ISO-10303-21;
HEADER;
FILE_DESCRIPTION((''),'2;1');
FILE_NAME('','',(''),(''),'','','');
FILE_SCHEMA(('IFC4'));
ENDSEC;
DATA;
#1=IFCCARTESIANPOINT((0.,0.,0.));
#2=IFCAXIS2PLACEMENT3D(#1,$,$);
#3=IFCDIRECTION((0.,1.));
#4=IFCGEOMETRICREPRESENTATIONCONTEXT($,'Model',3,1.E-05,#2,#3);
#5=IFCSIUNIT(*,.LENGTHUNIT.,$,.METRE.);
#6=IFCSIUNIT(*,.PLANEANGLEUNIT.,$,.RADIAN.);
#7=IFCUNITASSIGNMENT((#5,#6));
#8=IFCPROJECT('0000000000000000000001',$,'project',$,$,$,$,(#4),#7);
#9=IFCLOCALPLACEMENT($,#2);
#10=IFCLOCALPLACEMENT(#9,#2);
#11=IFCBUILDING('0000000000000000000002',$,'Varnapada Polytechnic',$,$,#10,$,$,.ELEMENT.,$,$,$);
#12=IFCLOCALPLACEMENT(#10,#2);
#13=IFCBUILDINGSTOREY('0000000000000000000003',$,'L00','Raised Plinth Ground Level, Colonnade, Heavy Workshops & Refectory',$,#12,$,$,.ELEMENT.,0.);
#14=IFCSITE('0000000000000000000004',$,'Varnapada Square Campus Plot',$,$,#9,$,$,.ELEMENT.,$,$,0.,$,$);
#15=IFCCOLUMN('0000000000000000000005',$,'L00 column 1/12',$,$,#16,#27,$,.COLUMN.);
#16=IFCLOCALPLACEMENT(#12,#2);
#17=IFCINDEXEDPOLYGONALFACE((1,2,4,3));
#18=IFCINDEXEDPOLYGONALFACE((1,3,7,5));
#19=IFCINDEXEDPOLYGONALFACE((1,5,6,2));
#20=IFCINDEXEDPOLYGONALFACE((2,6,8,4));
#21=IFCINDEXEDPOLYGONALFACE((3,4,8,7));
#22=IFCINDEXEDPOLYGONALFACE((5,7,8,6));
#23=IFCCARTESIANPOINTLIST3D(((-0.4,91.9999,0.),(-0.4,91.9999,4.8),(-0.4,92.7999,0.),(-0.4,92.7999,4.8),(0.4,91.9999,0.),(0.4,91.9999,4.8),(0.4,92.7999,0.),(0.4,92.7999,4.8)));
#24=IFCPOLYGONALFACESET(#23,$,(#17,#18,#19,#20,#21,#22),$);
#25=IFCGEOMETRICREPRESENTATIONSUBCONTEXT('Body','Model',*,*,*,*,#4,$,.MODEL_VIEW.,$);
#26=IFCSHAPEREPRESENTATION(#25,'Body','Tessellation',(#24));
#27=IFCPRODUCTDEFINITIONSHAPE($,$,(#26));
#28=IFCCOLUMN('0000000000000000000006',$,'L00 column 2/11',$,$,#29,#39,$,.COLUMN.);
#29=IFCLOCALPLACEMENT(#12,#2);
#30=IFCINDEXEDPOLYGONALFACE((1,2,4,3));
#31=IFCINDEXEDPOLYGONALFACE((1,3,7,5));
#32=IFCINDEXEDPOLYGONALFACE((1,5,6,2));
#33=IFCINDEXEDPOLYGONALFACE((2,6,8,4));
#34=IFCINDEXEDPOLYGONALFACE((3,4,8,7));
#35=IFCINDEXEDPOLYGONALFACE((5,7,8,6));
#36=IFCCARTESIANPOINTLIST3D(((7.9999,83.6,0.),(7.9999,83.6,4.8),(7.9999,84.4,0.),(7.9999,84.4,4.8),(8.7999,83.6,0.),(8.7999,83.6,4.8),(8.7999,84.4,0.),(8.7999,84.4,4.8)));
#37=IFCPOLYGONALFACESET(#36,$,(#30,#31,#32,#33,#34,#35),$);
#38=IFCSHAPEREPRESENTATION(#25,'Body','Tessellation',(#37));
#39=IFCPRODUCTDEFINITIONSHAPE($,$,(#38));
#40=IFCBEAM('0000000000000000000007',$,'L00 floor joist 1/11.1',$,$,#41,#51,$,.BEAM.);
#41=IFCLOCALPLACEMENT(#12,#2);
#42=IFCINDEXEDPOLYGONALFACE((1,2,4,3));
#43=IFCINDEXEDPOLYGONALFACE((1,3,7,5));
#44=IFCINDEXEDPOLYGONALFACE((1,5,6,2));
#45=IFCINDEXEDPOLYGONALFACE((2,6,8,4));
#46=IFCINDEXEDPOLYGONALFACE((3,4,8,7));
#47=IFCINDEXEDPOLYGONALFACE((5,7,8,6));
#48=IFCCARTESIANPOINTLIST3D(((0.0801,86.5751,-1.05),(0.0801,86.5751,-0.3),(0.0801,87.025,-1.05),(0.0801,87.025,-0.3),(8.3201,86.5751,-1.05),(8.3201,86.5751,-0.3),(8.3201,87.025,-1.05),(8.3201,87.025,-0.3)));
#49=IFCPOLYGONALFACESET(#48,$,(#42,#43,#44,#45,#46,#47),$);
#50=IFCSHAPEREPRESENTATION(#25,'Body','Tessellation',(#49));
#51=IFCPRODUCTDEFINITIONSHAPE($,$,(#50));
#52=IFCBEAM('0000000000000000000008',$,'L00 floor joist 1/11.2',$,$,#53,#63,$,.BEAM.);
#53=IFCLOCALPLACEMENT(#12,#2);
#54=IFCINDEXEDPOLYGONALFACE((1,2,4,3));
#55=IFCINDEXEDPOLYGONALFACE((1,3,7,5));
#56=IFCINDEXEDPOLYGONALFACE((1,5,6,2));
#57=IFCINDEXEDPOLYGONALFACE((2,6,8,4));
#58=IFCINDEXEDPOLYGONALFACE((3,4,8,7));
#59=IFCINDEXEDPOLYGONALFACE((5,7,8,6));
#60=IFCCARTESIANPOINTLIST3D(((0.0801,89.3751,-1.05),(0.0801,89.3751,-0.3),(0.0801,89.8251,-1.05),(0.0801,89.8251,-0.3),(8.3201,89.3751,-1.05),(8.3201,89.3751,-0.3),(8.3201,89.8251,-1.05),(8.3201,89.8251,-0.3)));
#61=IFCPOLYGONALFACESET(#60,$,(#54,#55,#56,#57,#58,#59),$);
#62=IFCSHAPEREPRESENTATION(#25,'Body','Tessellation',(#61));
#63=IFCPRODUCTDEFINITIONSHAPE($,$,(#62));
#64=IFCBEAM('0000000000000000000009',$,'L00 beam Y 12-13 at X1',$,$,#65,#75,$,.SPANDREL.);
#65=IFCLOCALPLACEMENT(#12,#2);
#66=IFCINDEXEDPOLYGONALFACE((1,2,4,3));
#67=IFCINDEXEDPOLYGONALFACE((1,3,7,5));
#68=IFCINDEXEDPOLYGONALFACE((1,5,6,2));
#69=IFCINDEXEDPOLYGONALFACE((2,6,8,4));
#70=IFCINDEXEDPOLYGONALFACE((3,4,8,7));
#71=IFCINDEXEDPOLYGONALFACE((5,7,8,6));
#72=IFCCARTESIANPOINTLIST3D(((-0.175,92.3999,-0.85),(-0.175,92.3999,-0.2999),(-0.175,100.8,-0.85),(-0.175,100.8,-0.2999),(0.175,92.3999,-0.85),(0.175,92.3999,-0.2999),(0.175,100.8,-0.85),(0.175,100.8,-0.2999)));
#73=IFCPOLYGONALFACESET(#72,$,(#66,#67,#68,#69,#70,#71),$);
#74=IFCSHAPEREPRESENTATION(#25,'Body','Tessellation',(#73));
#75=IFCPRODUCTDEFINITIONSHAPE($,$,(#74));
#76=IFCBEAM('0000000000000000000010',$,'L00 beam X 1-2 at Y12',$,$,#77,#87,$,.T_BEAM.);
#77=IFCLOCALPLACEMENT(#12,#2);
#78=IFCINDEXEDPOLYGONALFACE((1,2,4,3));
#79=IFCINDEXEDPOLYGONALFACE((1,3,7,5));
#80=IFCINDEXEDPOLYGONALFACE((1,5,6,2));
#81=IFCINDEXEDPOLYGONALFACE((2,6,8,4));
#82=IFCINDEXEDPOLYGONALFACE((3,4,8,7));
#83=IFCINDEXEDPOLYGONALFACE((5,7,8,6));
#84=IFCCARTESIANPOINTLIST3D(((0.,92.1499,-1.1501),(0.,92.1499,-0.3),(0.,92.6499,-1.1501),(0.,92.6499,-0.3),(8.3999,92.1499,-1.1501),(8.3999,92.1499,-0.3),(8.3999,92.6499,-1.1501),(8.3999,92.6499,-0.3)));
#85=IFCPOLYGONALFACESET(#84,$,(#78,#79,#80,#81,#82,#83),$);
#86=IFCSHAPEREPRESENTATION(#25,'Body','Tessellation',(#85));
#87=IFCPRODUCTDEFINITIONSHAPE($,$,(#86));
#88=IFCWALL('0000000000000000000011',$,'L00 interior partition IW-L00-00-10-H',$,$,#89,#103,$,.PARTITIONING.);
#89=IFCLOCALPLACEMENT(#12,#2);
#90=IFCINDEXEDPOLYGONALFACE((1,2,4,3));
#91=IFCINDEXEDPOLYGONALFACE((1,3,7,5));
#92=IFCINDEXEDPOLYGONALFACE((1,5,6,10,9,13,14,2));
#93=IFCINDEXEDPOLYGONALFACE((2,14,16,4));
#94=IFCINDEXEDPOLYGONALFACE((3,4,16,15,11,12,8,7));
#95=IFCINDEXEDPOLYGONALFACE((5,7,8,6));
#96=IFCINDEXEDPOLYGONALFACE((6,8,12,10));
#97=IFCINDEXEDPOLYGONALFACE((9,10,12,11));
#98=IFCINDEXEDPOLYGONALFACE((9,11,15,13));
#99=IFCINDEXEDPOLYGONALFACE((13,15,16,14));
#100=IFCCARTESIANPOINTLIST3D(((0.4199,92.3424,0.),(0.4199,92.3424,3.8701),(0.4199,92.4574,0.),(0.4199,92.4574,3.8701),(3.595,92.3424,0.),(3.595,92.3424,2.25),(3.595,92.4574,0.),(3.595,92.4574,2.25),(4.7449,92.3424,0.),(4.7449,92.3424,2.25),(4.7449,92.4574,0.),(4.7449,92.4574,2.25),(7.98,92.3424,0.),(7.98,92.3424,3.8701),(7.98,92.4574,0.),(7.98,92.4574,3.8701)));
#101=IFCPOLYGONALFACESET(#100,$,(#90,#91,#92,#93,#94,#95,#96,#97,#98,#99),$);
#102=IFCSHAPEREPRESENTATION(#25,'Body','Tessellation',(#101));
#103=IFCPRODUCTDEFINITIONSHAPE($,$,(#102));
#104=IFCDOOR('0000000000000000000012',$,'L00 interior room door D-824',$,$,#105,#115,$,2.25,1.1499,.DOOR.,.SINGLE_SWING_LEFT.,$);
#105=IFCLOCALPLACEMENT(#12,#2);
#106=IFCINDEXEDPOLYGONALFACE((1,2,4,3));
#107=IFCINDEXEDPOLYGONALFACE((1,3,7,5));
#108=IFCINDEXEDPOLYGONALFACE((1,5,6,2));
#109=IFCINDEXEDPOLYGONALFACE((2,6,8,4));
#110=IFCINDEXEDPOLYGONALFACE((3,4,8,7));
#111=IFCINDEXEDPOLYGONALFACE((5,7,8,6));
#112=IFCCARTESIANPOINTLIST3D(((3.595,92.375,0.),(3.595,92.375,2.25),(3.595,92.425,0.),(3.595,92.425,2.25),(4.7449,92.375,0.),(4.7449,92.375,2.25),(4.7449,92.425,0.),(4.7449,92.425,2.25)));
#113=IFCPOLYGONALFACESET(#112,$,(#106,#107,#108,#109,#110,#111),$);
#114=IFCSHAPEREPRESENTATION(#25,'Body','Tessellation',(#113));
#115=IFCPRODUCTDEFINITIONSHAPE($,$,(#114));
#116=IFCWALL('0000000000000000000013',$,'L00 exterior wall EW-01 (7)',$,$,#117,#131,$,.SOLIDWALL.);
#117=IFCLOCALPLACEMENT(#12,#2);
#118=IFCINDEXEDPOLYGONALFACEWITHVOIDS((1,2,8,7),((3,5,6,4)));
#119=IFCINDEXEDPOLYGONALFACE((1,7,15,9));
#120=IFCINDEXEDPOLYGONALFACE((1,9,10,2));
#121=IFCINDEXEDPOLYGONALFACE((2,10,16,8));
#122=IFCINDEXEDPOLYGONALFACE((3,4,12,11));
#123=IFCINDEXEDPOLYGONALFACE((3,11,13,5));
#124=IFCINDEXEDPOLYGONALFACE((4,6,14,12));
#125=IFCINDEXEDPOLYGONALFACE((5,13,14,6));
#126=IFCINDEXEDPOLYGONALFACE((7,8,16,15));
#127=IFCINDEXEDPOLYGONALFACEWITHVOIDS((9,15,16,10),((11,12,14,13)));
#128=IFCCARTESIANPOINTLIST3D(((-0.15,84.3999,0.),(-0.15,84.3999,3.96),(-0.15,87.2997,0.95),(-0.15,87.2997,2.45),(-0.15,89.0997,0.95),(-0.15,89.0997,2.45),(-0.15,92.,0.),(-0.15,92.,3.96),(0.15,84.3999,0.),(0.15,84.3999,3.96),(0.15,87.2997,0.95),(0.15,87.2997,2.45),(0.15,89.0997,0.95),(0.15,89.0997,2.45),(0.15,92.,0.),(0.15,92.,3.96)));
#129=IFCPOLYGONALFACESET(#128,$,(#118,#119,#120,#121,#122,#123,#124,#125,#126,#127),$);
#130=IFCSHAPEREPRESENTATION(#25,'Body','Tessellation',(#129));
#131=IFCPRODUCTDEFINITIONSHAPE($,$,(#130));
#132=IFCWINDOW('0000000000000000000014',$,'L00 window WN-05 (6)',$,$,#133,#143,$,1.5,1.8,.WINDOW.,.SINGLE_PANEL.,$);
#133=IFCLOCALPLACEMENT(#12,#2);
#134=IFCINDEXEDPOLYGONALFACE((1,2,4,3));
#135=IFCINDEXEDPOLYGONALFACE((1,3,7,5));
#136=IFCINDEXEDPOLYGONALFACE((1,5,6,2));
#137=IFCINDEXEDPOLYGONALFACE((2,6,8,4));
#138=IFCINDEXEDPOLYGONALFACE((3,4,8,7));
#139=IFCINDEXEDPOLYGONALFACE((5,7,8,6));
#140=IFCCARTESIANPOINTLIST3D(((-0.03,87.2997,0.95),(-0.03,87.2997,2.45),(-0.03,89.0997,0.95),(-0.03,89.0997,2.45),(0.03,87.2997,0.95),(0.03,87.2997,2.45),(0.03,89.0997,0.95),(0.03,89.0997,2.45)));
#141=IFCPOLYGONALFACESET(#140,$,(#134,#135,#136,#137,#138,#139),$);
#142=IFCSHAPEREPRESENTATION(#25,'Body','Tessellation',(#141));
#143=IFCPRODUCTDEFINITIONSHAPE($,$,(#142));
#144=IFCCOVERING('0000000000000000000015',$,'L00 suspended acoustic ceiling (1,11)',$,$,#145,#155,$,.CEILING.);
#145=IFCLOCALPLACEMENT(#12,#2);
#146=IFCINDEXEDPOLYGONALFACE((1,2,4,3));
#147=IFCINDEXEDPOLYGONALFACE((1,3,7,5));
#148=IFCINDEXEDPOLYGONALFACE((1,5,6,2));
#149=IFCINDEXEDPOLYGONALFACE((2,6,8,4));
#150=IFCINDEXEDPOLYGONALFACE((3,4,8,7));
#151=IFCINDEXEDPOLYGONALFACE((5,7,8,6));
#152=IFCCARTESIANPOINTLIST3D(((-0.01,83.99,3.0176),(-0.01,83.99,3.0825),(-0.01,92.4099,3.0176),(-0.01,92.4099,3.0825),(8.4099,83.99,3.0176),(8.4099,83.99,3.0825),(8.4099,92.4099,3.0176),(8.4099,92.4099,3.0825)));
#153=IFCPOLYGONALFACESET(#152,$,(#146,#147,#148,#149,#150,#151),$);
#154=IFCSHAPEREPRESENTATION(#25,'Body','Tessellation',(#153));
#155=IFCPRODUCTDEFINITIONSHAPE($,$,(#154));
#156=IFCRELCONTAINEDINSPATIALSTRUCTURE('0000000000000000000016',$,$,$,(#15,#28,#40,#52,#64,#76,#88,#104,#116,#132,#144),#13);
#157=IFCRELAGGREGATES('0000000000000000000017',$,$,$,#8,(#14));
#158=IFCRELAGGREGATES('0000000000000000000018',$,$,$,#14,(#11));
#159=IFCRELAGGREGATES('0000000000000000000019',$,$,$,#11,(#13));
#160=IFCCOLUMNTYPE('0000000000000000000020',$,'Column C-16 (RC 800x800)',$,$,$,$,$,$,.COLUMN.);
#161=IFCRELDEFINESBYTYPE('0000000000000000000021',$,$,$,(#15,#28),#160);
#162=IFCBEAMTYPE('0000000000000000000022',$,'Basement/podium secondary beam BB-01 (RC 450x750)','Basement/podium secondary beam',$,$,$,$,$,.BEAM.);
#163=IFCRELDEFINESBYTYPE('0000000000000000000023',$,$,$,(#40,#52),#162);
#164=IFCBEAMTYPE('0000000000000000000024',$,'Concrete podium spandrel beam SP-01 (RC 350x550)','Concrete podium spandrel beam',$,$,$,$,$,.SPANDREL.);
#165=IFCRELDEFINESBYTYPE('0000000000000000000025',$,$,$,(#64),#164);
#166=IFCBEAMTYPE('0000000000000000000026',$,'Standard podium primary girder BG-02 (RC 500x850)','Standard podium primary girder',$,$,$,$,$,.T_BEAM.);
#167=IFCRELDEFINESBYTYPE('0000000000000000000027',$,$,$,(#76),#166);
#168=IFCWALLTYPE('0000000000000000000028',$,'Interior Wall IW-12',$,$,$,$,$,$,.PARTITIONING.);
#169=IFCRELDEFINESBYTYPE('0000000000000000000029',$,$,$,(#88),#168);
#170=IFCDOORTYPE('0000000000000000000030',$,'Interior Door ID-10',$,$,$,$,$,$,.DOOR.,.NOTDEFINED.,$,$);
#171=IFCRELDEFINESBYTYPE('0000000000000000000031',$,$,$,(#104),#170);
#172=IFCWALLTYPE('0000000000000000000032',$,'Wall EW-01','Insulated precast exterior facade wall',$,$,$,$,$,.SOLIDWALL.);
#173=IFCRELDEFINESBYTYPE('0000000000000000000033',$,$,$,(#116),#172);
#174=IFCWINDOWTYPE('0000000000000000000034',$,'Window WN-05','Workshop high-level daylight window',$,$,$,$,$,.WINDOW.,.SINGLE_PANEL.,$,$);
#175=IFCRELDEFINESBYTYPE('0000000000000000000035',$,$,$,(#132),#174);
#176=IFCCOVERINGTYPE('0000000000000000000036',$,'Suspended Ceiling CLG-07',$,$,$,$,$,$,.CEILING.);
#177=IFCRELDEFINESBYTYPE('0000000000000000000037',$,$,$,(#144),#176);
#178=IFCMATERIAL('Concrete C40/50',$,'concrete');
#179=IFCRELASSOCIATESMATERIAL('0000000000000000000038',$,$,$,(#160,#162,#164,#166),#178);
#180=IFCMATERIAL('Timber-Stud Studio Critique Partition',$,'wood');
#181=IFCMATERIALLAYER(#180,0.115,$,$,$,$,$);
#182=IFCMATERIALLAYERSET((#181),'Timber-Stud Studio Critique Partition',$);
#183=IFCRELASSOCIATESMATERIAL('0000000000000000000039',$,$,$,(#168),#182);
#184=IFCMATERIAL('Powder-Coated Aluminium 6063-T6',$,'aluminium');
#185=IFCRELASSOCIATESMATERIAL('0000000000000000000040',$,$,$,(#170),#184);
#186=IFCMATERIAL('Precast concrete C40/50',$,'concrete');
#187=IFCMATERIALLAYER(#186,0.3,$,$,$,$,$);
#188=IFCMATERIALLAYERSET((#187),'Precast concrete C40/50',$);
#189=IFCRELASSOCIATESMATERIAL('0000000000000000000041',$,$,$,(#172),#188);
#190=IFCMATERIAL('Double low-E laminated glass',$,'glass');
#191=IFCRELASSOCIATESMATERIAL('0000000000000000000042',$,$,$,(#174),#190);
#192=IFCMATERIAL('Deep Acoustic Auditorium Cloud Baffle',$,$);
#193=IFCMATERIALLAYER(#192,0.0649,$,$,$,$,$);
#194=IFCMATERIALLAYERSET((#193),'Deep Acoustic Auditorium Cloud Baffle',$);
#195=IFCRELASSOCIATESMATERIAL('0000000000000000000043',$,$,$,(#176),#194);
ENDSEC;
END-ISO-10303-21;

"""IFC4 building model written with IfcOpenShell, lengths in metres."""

from ifc_helpers import new_model, si_unit, direction, frame, frame_2d, origin, origin_2d, place, context, subcontext, project, spatial, rectangle, extrude, material, layer, layer_set, material_profile, profile_set, type_object, element, fill, save


model = new_model("IFC4")

# Units and contexts
model_context = context("Model", 3, precision=1e-05, world=origin(), true_north=direction((0.0, 1.0)))
body_context = subcontext(model_context, "Body", "Model", "MODEL_VIEW")
ifc_project = project(units=[si_unit("LENGTHUNIT", "METRE"), si_unit("PLANEANGLEUNIT", "RADIAN")], contexts=[model_context])

# Site, building, storey
site_placement = place(None, origin())
site = spatial("IfcSite", under=ifc_project, at=site_placement, Name="Varnapada Square Campus Plot", CompositionType="ELEMENT", RefElevation=0.0)
building_placement = place(site_placement, origin())
building = spatial("IfcBuilding", under=site, at=building_placement, Name="Varnapada Polytechnic", CompositionType="ELEMENT")
storey_placement = place(building_placement, origin())
storey = spatial("IfcBuildingStorey", under=building, at=storey_placement, Name="L00", Description="Raised Plinth Ground Level, Colonnade, Heavy Workshops & Refectory", CompositionType="ELEMENT", Elevation=0.0)

# Columns
ifc_material_1 = material(Name="Concrete C40/50", Category="concrete")
ifc_material_profile_1 = material_profile(ifc_material_1, rectangle(XDim=0.8, YDim=0.8, at=origin_2d()), Name="RC 800x800")
ifc_profile_set_1 = profile_set([ifc_material_profile_1], Name="Concrete C40/50")
column_type = type_object("IfcColumnType", Name="Column C-16 (RC 800x800)", PredefinedType="COLUMN", material=ifc_profile_set_1)
for number, where, z_axis, x_axis, name in (
    (1, (0.0, 92.3999, 0.0), (0.0, 0.0, 1.0), (1.0, 0.0, 0.0), "L00 column 1/12"),
    (2, (8.3999, 84.0, 0.0), (0.0, 0.0, 1.0), (1.0, 0.0, 0.0), "L00 column 2/11"),
):
    element("IfcColumn", number, at=place(storey_placement, frame(where, z_axis=z_axis, x_axis=x_axis)), inside=storey, type_object=column_type, Name=name, PredefinedType="COLUMN", context=body_context, shape_type="SweptSolid", body=[
        extrude(rectangle(XDim=0.8, YDim=0.8, at=origin_2d()), origin(), (0.0, 0.0, 1.0), 4.8),
    ])

# Beams
ifc_material_profile_2 = material_profile(ifc_material_1, rectangle(XDim=0.45, YDim=0.75, at=origin_2d()), Name="RC 450x750")
ifc_profile_set_2 = profile_set([ifc_material_profile_2], Name="Concrete C40/50")
beam_type_1 = type_object("IfcBeamType", Name="Basement/podium secondary beam BB-01 (RC 450x750)", Description="Basement/podium secondary beam", PredefinedType="BEAM", material=ifc_profile_set_2)
for number, where, z_axis, x_axis, name in (
    (3, (0.0801, 86.8, -0.675), (1.0, 0.0, 0.0), (0.0, 1.0, 0.0), "L00 floor joist 1/11.1"),
    (4, (0.0801, 89.6001, -0.675), (1.0, 0.0, 0.0), (0.0, 1.0, 0.0), "L00 floor joist 1/11.2"),
):
    element("IfcBeam", number, at=place(storey_placement, frame(where, z_axis=z_axis, x_axis=x_axis)), inside=storey, type_object=beam_type_1, Name=name, PredefinedType="BEAM", context=body_context, shape_type="SweptSolid", body=[
        extrude(rectangle(XDim=0.45, YDim=0.75, at=origin_2d()), origin(), (0.0, 0.0, 1.0), 8.24),
    ])
ifc_material_profile_3 = material_profile(ifc_material_1, rectangle(XDim=0.3501, YDim=0.55, at=origin_2d()), Name="RC 350x550")
ifc_profile_set_3 = profile_set([ifc_material_profile_3], Name="Concrete C40/50")
beam_type_2 = type_object("IfcBeamType", Name="Concrete podium spandrel beam SP-01 (RC 350x550)", Description="Concrete podium spandrel beam", PredefinedType="SPANDREL", material=ifc_profile_set_3)
beam_1_placement = place(storey_placement, frame((0.0, 92.3999, -0.575), z_axis=(0.0, 1.0, 0.0), x_axis=(-1.0, 0.0, 0.0)))
element("IfcBeam", 5, at=beam_1_placement, inside=storey, type_object=beam_type_2, Name="L00 beam Y 12-13 at X1", PredefinedType="SPANDREL", context=body_context, shape_type="SweptSolid", body=[
    extrude(rectangle(XDim=0.3501, YDim=0.55, at=origin_2d()), origin(), (0.0, 0.0, 1.0), 8.4001),
])
ifc_material_profile_4 = material_profile(ifc_material_1, rectangle(XDim=0.5, YDim=0.8501, at=origin_2d()), Name="RC 500x850")
ifc_profile_set_4 = profile_set([ifc_material_profile_4], Name="Concrete C40/50")
beam_type_3 = type_object("IfcBeamType", Name="Standard podium primary girder BG-02 (RC 500x850)", Description="Standard podium primary girder", PredefinedType="T_BEAM", material=ifc_profile_set_4)
beam_2_placement = place(storey_placement, frame((0.0, 92.3999, -0.7251), z_axis=(1.0, 0.0, 0.0), x_axis=(0.0, 1.0, 0.0)))
element("IfcBeam", 6, at=beam_2_placement, inside=storey, type_object=beam_type_3, Name="L00 beam X 1-2 at Y12", PredefinedType="T_BEAM", context=body_context, shape_type="SweptSolid", body=[
    extrude(rectangle(XDim=0.5, YDim=0.8501, at=origin_2d()), origin(), (0.0, 0.0, 1.0), 8.3999),
])

# Wall, opening, door
ifc_material_2 = material(Name="Timber-Stud Studio Critique Partition", Category="wood")
ifc_layer_1 = layer(ifc_material_2, 0.115)
ifc_layer_set_1 = layer_set([ifc_layer_1], Name="Timber-Stud Studio Critique Partition")
wall_type_1 = type_object("IfcWallType", Name="Interior Wall IW-12", PredefinedType="PARTITIONING", material=ifc_layer_set_1)
wall_1_placement = place(storey_placement, frame((0.4199, 92.3999, 0.0), z_axis=(0.0, 0.0, 1.0), x_axis=(1.0, 0.0, 0.0)))
wall_1 = element("IfcWall", 7, at=wall_1_placement, inside=storey, type_object=wall_type_1, Name="L00 interior partition IW-L00-00-10-H", PredefinedType="PARTITIONING", context=body_context, shape_type="SweptSolid", body=[
    extrude(rectangle(XDim=7.5601, YDim=0.115, at=frame_2d((3.78, 0.0))), origin(), (0.0, 0.0, 1.0), 3.8701),
])
opening_1_placement = place(wall_1_placement, frame((3.175, 0.0, 0.0)))
opening_1 = element("IfcOpeningElement", 8, at=opening_1_placement, cuts=wall_1, PredefinedType="OPENING", context=body_context, shape_type="SweptSolid", body=[
    extrude(rectangle(XDim=1.1499, YDim=2.25, at=frame_2d((0.575, 1.125))), frame((0.0, 0.0674, 0.0), z_axis=(0.0, -1.0, 0.0), x_axis=(1.0, 0.0, 0.0)), (0.0, 0.0, 1.0), 0.135),
])
ifc_material_3 = material(Name="Powder-Coated Aluminium 6063-T6", Category="aluminium")
door_type = type_object("IfcDoorType", Name="Interior Door ID-10", OperationType="NOTDEFINED", PredefinedType="DOOR", material=ifc_material_3)
door_placement = place(opening_1_placement, frame((1.1499, 0.0, 0.0), z_axis=(0.0, 0.0, 1.0), x_axis=(-1.0, 0.0, 0.0)))
door = element("IfcDoor", 9, at=door_placement, inside=storey, type_object=door_type, Name="L00 interior room door D-824", OperationType="SINGLE_SWING_LEFT", OverallHeight=2.25, OverallWidth=1.1499, PredefinedType="DOOR", context=body_context, shape_type="SweptSolid", body=[
    extrude(rectangle(XDim=1.1499, YDim=2.25, at=frame_2d((0.575, 1.125))), frame((0.0, 0.0249, 0.0), z_axis=(0.0, -1.0, 0.0), x_axis=(1.0, 0.0, 0.0)), (0.0, 0.0, 1.0), 0.05),
])
fill(opening_1, door)

# Wall, opening, window
ifc_material_4 = material(Name="Precast concrete C40/50", Category="concrete")
ifc_layer_2 = layer(ifc_material_4, 0.3)
ifc_layer_set_2 = layer_set([ifc_layer_2], Name="Precast concrete C40/50")
wall_type_2 = type_object("IfcWallType", Name="Wall EW-01", Description="Insulated precast exterior facade wall", PredefinedType="SOLIDWALL", material=ifc_layer_set_2)
wall_2_placement = place(storey_placement, frame((0.0, 84.3999, 0.0), z_axis=(0.0, 0.0, 1.0), x_axis=(0.0, 1.0, 0.0)))
wall_2 = element("IfcWall", 10, at=wall_2_placement, inside=storey, type_object=wall_type_2, Name="L00 exterior wall EW-01 (7)", PredefinedType="SOLIDWALL", context=body_context, shape_type="SweptSolid", body=[
    extrude(rectangle(XDim=7.6001, YDim=0.3, at=frame_2d((3.8, 0.0))), origin(), (0.0, 0.0, 1.0), 3.96),
])
opening_2_placement = place(wall_2_placement, frame((2.8999, 0.0, 0.95)))
opening_2 = element("IfcOpeningElement", 11, at=opening_2_placement, cuts=wall_2, PredefinedType="OPENING", context=body_context, shape_type="SweptSolid", body=[
    extrude(rectangle(XDim=1.8, YDim=1.5, at=frame_2d((0.8999, 0.75))), frame((0.0, 0.1599, 0.0), z_axis=(0.0, -1.0, 0.0), x_axis=(1.0, 0.0, 0.0)), (0.0, 0.0, 1.0), 0.3201),
])
ifc_material_5 = material(Name="Double low-E laminated glass", Category="glass")
window_type = type_object("IfcWindowType", Name="Window WN-05", Description="Workshop high-level daylight window", PartitioningType="SINGLE_PANEL", PredefinedType="WINDOW", material=ifc_material_5)
window_placement = place(opening_2_placement, origin())
window = element("IfcWindow", 12, at=window_placement, inside=storey, type_object=window_type, Name="L00 window WN-05 (6)", OverallHeight=1.5, OverallWidth=1.8, PartitioningType="SINGLE_PANEL", PredefinedType="WINDOW", context=body_context, shape_type="SweptSolid", body=[
    extrude(rectangle(XDim=1.8, YDim=1.5, at=frame_2d((0.8999, 0.75))), frame((0.0, 0.03, 0.0), z_axis=(0.0, -1.0, 0.0), x_axis=(1.0, 0.0, 0.0)), (0.0, 0.0, 1.0), 0.0601),
])
fill(opening_2, window)

# Covering
ifc_material_6 = material(Name="Deep Acoustic Auditorium Cloud Baffle")
ifc_layer_3 = layer(ifc_material_6, 0.0649)
ifc_layer_set_3 = layer_set([ifc_layer_3], Name="Deep Acoustic Auditorium Cloud Baffle")
covering_type_1 = type_object("IfcCoveringType", Name="Suspended Ceiling CLG-07", PredefinedType="CEILING", material=ifc_layer_set_3)
covering_1_placement = place(storey_placement, frame((4.2, 88.2, 3.0176), z_axis=(0.0, 0.0, 1.0), x_axis=(1.0, 0.0, 0.0)))
element("IfcCovering", 13, at=covering_1_placement, inside=storey, type_object=covering_type_1, Name="L00 suspended acoustic ceiling (1,11)", PredefinedType="CEILING", context=body_context, shape_type="SweptSolid", body=[
    extrude(rectangle(XDim=8.4199, YDim=8.4199, at=origin_2d()), origin(), (0.0, 0.0, 1.0), 0.0649),
])

save(model, "model.ifc")
